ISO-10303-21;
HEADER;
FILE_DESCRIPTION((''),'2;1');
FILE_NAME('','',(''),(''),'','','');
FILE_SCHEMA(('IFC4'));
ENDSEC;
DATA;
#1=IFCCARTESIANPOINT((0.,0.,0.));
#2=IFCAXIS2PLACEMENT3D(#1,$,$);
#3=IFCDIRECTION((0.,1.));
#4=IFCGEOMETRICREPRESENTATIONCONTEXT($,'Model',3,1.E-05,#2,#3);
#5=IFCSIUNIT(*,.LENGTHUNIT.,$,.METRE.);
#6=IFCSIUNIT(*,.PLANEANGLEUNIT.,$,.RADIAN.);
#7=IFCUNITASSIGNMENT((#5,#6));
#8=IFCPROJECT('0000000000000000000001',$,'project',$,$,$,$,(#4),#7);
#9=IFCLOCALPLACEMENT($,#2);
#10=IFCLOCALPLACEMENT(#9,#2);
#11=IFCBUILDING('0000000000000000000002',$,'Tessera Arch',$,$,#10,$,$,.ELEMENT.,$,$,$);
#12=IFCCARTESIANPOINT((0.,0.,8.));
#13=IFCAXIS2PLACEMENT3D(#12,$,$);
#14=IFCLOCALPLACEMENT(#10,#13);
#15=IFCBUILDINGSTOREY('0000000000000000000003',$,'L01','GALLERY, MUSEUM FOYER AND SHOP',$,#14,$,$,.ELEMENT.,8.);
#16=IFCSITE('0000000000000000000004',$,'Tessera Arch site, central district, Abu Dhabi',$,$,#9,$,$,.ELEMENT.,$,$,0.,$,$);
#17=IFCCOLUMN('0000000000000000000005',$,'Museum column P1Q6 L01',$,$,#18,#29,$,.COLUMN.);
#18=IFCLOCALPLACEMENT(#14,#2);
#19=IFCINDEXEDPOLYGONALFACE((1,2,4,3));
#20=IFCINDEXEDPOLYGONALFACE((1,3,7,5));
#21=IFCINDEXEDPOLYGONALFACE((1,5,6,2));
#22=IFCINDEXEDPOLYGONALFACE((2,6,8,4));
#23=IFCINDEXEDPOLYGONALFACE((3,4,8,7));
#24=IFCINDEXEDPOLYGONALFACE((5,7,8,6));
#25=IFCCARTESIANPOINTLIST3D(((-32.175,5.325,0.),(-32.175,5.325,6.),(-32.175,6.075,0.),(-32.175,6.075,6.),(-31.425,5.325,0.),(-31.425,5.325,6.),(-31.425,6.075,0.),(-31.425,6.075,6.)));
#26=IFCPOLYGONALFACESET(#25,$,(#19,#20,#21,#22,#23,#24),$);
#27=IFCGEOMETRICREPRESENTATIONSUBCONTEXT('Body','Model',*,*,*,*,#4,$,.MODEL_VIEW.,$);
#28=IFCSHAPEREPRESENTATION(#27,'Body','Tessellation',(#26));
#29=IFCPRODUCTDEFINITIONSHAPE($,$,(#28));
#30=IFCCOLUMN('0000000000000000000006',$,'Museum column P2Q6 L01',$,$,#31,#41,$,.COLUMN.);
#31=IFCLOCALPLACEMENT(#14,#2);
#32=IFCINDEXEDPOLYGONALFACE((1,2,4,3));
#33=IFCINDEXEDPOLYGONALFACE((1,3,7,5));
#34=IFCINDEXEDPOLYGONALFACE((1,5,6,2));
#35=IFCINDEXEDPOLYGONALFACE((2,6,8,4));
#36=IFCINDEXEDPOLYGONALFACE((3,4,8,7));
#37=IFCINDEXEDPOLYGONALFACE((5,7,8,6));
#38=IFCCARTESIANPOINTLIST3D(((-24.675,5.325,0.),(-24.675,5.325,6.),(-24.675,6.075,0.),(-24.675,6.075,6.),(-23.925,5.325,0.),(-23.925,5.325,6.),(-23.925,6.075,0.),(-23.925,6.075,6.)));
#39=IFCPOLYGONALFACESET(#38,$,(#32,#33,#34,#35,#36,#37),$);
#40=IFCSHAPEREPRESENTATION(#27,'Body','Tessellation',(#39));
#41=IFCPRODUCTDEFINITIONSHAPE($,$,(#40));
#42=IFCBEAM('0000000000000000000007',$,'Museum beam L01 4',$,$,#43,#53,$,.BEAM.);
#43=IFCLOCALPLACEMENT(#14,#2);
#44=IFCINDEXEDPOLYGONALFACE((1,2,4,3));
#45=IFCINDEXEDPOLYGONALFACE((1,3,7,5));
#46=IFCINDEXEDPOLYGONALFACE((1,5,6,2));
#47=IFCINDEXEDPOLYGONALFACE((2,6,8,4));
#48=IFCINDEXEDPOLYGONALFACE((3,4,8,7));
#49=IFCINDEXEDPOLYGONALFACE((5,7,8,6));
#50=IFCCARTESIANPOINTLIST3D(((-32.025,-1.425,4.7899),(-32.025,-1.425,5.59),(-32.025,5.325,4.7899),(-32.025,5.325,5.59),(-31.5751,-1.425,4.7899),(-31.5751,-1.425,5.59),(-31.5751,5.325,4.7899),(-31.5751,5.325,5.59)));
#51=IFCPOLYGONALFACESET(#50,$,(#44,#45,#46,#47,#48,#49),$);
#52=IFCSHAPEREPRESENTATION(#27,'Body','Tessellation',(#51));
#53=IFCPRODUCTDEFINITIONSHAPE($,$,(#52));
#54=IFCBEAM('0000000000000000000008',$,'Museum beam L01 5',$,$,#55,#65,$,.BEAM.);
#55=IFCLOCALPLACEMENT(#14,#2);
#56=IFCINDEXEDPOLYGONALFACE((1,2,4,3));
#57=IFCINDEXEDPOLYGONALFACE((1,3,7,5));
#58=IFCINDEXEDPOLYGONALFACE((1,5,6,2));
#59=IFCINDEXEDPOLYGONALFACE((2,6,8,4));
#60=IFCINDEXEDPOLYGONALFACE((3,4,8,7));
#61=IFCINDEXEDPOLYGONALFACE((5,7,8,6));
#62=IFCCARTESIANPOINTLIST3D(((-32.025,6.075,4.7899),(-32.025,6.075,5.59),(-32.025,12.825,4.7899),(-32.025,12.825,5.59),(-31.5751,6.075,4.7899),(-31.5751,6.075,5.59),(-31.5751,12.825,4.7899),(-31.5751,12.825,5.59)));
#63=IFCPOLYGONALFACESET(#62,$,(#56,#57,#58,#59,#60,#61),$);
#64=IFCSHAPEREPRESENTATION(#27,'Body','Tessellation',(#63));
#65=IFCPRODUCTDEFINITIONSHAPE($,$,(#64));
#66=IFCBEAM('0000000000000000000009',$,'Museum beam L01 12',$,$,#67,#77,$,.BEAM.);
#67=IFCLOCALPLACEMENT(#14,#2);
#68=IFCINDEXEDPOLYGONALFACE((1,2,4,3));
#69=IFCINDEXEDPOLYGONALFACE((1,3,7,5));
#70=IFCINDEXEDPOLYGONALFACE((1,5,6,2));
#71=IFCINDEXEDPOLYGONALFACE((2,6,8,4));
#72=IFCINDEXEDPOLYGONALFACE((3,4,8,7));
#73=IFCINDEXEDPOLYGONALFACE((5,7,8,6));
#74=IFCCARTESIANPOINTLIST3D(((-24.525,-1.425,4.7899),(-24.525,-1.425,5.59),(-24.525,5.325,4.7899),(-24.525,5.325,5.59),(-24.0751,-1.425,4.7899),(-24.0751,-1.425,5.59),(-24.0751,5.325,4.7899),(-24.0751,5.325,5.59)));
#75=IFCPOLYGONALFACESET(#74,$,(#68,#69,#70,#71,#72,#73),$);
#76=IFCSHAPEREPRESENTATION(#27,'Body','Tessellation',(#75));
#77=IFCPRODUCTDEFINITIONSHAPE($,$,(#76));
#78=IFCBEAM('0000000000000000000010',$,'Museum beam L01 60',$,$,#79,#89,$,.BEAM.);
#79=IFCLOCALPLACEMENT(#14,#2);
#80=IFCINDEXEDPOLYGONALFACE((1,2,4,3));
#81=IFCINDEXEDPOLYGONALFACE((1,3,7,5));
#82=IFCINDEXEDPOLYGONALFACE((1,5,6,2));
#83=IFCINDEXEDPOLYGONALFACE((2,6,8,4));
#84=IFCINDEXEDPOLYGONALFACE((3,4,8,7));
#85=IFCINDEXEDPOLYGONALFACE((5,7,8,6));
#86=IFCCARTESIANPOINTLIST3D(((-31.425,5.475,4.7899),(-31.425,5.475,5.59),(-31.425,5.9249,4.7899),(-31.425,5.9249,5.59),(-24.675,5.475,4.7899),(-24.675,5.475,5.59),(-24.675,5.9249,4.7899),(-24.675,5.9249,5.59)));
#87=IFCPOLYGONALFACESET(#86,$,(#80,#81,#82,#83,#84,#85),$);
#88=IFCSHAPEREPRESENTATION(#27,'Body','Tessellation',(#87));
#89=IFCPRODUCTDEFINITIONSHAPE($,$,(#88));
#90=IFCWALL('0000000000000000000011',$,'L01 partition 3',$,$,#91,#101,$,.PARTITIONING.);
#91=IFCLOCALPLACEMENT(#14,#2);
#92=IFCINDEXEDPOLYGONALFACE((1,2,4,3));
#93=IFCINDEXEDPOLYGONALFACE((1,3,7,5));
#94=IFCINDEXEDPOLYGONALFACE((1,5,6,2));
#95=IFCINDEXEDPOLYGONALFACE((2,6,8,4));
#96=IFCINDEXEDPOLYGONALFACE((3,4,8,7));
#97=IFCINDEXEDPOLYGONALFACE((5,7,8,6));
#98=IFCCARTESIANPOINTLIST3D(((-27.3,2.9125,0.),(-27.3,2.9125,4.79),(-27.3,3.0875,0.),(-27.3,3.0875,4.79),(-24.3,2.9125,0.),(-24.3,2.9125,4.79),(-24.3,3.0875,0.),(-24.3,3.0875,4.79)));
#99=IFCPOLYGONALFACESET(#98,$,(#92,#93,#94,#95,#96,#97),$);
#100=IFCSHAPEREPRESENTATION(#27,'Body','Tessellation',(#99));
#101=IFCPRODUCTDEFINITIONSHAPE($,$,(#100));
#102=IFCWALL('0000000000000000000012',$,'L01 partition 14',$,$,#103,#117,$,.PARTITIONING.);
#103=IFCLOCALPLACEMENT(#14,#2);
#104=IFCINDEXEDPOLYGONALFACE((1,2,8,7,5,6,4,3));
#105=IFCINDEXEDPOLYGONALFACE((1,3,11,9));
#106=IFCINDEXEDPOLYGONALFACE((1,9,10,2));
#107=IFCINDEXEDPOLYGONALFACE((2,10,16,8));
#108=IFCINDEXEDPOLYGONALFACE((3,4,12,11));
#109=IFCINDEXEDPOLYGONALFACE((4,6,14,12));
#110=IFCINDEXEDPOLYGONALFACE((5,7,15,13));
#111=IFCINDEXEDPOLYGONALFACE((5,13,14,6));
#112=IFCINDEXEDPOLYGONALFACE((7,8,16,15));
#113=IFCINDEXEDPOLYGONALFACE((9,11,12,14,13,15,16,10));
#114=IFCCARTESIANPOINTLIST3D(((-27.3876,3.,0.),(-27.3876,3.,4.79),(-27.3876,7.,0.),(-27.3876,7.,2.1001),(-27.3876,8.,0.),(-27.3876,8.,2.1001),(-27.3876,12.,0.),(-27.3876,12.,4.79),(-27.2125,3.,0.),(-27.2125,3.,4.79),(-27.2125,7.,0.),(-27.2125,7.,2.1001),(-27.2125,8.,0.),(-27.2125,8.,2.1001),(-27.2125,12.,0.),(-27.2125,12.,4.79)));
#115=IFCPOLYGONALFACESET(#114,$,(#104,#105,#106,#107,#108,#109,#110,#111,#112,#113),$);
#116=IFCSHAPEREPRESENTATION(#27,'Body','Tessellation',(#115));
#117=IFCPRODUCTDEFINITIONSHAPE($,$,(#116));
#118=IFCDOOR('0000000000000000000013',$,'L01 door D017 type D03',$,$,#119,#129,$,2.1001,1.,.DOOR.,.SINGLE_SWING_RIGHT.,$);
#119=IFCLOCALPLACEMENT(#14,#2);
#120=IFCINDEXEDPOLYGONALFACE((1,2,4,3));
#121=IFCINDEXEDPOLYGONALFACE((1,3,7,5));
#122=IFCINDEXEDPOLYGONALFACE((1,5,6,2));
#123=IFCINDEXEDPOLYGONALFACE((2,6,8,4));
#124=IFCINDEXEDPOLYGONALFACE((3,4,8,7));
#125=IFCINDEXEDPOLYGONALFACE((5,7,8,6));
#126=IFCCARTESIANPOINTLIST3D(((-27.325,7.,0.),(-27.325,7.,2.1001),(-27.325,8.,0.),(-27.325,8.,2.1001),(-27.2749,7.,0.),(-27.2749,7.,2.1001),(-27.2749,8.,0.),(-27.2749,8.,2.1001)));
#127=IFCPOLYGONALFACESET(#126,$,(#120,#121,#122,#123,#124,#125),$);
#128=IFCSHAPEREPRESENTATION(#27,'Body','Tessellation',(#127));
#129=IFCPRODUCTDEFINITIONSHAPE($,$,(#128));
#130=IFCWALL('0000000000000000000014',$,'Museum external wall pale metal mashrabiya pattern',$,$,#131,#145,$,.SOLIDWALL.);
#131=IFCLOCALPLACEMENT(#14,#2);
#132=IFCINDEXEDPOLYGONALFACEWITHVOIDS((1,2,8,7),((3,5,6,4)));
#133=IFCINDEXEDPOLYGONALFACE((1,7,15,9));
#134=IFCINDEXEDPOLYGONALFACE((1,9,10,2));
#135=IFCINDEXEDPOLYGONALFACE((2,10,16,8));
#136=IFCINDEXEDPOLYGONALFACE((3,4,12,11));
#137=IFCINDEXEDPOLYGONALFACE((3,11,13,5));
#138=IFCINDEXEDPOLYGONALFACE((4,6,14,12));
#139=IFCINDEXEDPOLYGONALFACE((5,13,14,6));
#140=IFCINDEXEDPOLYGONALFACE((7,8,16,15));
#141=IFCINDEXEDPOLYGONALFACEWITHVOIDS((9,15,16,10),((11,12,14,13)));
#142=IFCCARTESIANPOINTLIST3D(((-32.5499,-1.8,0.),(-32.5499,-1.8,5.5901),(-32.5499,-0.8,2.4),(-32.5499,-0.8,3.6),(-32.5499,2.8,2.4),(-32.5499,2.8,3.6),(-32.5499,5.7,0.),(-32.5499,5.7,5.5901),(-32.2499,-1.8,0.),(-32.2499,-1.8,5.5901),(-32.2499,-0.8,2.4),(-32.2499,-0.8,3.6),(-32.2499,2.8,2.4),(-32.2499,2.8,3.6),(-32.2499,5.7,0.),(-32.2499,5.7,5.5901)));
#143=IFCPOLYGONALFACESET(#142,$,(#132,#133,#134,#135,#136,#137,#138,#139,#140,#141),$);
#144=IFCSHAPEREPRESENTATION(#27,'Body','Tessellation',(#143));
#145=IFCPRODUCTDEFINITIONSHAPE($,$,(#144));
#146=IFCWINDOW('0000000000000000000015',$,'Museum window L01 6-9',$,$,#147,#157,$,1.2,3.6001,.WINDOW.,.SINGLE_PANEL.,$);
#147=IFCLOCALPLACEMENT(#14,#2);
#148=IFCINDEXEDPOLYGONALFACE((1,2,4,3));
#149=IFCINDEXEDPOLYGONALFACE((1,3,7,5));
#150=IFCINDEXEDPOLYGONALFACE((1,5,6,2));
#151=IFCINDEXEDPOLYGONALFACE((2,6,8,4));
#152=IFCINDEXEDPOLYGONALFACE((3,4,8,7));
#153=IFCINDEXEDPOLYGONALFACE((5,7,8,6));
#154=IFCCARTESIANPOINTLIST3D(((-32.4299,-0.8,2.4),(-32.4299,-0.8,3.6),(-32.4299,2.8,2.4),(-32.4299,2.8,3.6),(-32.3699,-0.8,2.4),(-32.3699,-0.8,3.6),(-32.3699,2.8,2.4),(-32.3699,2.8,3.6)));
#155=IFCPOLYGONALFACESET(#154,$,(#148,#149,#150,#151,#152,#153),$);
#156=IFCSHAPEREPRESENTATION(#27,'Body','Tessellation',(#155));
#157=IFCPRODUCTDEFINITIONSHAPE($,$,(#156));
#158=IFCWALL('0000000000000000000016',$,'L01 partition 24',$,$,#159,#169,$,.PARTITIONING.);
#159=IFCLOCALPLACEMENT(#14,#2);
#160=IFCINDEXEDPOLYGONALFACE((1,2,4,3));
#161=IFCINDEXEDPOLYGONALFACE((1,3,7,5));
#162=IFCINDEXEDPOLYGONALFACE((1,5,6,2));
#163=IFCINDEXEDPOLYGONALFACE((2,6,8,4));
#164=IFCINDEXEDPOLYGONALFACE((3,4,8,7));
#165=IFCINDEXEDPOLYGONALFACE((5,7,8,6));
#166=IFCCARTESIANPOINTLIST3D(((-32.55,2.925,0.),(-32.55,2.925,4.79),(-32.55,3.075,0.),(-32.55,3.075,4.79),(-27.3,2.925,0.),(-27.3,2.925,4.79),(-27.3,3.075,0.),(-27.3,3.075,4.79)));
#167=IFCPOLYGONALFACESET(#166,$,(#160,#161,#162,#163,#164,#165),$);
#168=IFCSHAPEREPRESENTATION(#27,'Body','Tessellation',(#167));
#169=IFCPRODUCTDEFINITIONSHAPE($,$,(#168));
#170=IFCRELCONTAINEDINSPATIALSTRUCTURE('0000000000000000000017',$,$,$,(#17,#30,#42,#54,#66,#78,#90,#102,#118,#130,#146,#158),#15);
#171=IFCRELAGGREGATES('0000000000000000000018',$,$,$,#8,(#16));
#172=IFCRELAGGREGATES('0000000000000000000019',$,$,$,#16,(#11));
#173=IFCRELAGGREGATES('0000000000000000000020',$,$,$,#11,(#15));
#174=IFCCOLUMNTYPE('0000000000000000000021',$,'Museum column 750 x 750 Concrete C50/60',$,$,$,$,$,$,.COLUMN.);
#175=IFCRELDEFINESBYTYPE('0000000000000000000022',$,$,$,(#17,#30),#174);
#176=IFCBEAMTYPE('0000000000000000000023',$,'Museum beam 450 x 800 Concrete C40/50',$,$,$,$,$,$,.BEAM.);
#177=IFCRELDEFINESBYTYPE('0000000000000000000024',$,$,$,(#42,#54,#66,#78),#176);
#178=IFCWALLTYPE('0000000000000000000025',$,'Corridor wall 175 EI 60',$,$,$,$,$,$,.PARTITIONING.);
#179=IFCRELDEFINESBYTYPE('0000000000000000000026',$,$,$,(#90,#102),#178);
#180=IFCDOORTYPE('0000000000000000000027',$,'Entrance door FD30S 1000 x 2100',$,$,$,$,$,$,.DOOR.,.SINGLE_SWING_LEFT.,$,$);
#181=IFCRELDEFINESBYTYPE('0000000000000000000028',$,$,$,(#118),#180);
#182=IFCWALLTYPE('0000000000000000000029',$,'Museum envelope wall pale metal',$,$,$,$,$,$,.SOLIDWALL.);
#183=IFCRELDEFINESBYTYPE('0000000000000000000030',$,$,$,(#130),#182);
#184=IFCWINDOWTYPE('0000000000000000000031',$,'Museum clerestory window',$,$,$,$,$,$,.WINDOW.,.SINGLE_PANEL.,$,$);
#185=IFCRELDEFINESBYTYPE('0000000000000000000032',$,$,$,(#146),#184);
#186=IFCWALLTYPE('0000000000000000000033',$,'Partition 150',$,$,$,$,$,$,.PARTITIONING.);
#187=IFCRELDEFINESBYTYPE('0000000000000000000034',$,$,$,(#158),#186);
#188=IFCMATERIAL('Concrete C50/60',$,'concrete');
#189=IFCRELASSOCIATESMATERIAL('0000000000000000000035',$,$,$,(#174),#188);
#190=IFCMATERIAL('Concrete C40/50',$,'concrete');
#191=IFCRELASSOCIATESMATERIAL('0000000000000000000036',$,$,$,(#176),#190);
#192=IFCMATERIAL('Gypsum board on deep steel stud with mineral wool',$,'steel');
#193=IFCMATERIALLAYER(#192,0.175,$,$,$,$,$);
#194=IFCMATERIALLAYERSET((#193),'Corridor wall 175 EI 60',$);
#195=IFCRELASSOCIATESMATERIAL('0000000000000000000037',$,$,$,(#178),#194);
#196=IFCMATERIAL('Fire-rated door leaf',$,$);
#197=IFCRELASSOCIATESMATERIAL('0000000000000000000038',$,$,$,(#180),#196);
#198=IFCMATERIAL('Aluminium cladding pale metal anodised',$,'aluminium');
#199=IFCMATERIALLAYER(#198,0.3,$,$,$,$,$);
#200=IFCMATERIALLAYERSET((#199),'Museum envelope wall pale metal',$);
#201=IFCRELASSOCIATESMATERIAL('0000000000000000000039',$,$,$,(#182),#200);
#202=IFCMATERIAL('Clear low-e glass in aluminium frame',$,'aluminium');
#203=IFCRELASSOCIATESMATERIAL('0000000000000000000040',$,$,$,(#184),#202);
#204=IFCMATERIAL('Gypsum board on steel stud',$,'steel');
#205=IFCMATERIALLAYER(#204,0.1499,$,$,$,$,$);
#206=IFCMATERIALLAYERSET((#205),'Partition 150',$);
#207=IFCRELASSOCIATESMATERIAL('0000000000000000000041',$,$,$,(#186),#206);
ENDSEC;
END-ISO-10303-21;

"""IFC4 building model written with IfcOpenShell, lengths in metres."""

from ifc_helpers import new_model, si_unit, direction, frame, frame_2d, origin, origin_2d, place, context, subcontext, project, spatial, rectangle, extrude, material, layer, layer_set, material_profile, profile_set, type_object, element, fill, save


model = new_model("IFC4")

# Units and contexts
model_context = context("Model", 3, precision=1e-05, world=origin(), true_north=direction((0.0, 1.0)))
body_context = subcontext(model_context, "Body", "Model", "MODEL_VIEW")
ifc_project = project(units=[si_unit("LENGTHUNIT", "METRE"), si_unit("PLANEANGLEUNIT", "RADIAN")], contexts=[model_context])

# Site, building, storey
site_placement = place(None, origin())
site = spatial("IfcSite", under=ifc_project, at=site_placement, Name="Tessera Arch site, central district, Abu Dhabi", CompositionType="ELEMENT", RefElevation=0.0)
building_placement = place(site_placement, origin())
building = spatial("IfcBuilding", under=site, at=building_placement, Name="Tessera Arch", CompositionType="ELEMENT")
storey_placement = place(building_placement, frame((0.0, 0.0, 8.0)))
storey = spatial("IfcBuildingStorey", under=building, at=storey_placement, Name="L01", Description="GALLERY, MUSEUM FOYER AND SHOP", CompositionType="ELEMENT", Elevation=8.0)

# Columns
ifc_material_1 = material(Name="Concrete C50/60", Category="concrete")
ifc_material_profile_1 = material_profile(ifc_material_1, rectangle(XDim=0.75, YDim=0.75, at=origin_2d()), Name="Museum column 750 x 750 Concrete C50/60")
ifc_profile_set_1 = profile_set([ifc_material_profile_1], Name="Concrete C50/60")
column_type = type_object("IfcColumnType", Name="Museum column 750 x 750 Concrete C50/60", PredefinedType="COLUMN", material=ifc_profile_set_1)
for number, where, z_axis, x_axis, name in (
    (1, (-31.8, 5.7, 0.0), (0.0, 0.0, 1.0), (1.0, 0.0, 0.0), "Museum column P1Q6 L01"),
    (2, (-24.3, 5.7, 0.0), (0.0, 0.0, 1.0), (1.0, 0.0, 0.0), "Museum column P2Q6 L01"),
):
    element("IfcColumn", number, at=place(storey_placement, frame(where, z_axis=z_axis, x_axis=x_axis)), inside=storey, type_object=column_type, Name=name, PredefinedType="COLUMN", context=body_context, shape_type="SweptSolid", body=[
        extrude(rectangle(XDim=0.75, YDim=0.75, at=origin_2d()), origin(), (0.0, 0.0, 1.0), 6.0),
    ])

# Beams
ifc_material_2 = material(Name="Concrete C40/50", Category="concrete")
ifc_material_profile_2 = material_profile(ifc_material_2, rectangle(XDim=0.45, YDim=0.8, at=origin_2d()), Name="Museum beam 450 x 800 Concrete C40/50")
ifc_profile_set_2 = profile_set([ifc_material_profile_2], Name="Concrete C40/50")
beam_type = type_object("IfcBeamType", Name="Museum beam 450 x 800 Concrete C40/50", PredefinedType="BEAM", material=ifc_profile_set_2)
for number, where, z_axis, x_axis, name in (
    (3, (-31.8, -1.425, 5.1899), (0.0, 1.0, 0.0), (-1.0, 0.0, 0.0), "Museum beam L01 4"),
    (4, (-31.8, 6.075, 5.1899), (0.0, 1.0, 0.0), (-1.0, 0.0, 0.0), "Museum beam L01 5"),
    (5, (-24.3, -1.425, 5.1899), (0.0, 1.0, 0.0), (-1.0, 0.0, 0.0), "Museum beam L01 12"),
    (6, (-31.425, 5.7, 5.1899), (1.0, 0.0, 0.0), (0.0, 1.0, 0.0), "Museum beam L01 60"),
):
    element("IfcBeam", number, at=place(storey_placement, frame(where, z_axis=z_axis, x_axis=x_axis)), inside=storey, type_object=beam_type, Name=name, PredefinedType="BEAM", context=body_context, shape_type="SweptSolid", body=[
        extrude(rectangle(XDim=0.45, YDim=0.8, at=origin_2d()), origin(), (0.0, 0.0, 1.0), 6.75),
    ])

# Wall
ifc_material_3 = material(Name="Gypsum board on deep steel stud with mineral wool", Category="steel")
ifc_layer_1 = layer(ifc_material_3, 0.175)
ifc_layer_set_1 = layer_set([ifc_layer_1], Name="Corridor wall 175 EI 60")
wall_type_1 = type_object("IfcWallType", Name="Corridor wall 175 EI 60", PredefinedType="PARTITIONING", material=ifc_layer_set_1)
wall_1_placement = place(storey_placement, frame((-27.3, 3.0, 0.0), z_axis=(0.0, 0.0, 1.0), x_axis=(1.0, 0.0, 0.0)))
element("IfcWall", 7, at=wall_1_placement, inside=storey, type_object=wall_type_1, Name="L01 partition 3", PredefinedType="PARTITIONING", context=body_context, shape_type="SweptSolid", body=[
    extrude(rectangle(XDim=3.0, YDim=0.175, at=frame_2d((1.5, 0.0))), origin(), (0.0, 0.0, 1.0), 4.79),
])

# Wall, opening, door
wall_2_placement = place(storey_placement, frame((-27.3, 3.0, 0.0), z_axis=(0.0, 0.0, 1.0), x_axis=(0.0, 1.0, 0.0)))
wall_2 = element("IfcWall", 8, at=wall_2_placement, inside=storey, type_object=wall_type_1, Name="L01 partition 14", PredefinedType="PARTITIONING", context=body_context, shape_type="SweptSolid", body=[
    extrude(rectangle(XDim=9.0, YDim=0.175, at=frame_2d((4.5, 0.0))), origin(), (0.0, 0.0, 1.0), 4.79),
])
opening_1_placement = place(wall_2_placement, frame((4.0, 0.0, 0.0)))
opening_1 = element("IfcOpeningElement", 9, at=opening_1_placement, cuts=wall_2, PredefinedType="OPENING", context=body_context, shape_type="SweptSolid", body=[
    extrude(rectangle(XDim=1.0, YDim=2.1001, at=frame_2d((0.5, 1.05))), frame((0.0, 0.0974, 0.0), z_axis=(0.0, -1.0, 0.0), x_axis=(1.0, 0.0, 0.0)), (0.0, 0.0, 1.0), 0.1951),
])
ifc_material_4 = material(Name="Fire-rated door leaf")
door_type = type_object("IfcDoorType", Name="Entrance door FD30S 1000 x 2100", OperationType="SINGLE_SWING_LEFT", PredefinedType="DOOR", material=ifc_material_4)
door_placement = place(opening_1_placement, origin())
door = element("IfcDoor", 10, at=door_placement, inside=storey, type_object=door_type, Name="L01 door D017 type D03", OperationType="SINGLE_SWING_RIGHT", OverallHeight=2.1001, OverallWidth=1.0, PredefinedType="DOOR", context=body_context, shape_type="SweptSolid", body=[
    extrude(rectangle(XDim=1.0, YDim=2.1001, at=frame_2d((0.5, 1.05))), frame((0.0, 0.0249, 0.0), z_axis=(0.0, -1.0, 0.0), x_axis=(1.0, 0.0, 0.0)), (0.0, 0.0, 1.0), 0.05),
])
fill(opening_1, door)

# Wall, opening, window
ifc_material_5 = material(Name="Aluminium cladding pale metal anodised", Category="aluminium")
ifc_layer_2 = layer(ifc_material_5, 0.3)
ifc_layer_set_2 = layer_set([ifc_layer_2], Name="Museum envelope wall pale metal")
wall_type_2 = type_object("IfcWallType", Name="Museum envelope wall pale metal", PredefinedType="SOLIDWALL", material=ifc_layer_set_2)
wall_3_placement = place(storey_placement, frame((-32.3999, 5.7, 0.0), z_axis=(0.0, 0.0, 1.0), x_axis=(0.0, -1.0, 0.0)))
wall_3 = element("IfcWall", 11, at=wall_3_placement, inside=storey, type_object=wall_type_2, Name="Museum external wall pale metal mashrabiya pattern", PredefinedType="SOLIDWALL", context=body_context, shape_type="SweptSolid", body=[
    extrude(rectangle(XDim=7.5, YDim=0.3, at=frame_2d((3.75, 0.0))), origin(), (0.0, 0.0, 1.0), 5.5901),
])
opening_2_placement = place(wall_3_placement, frame((2.8999, 0.0, 2.3999)))
opening_2 = element("IfcOpeningElement", 12, at=opening_2_placement, cuts=wall_3, PredefinedType="OPENING", context=body_context, shape_type="SweptSolid", body=[
    extrude(rectangle(XDim=3.6001, YDim=1.2, at=frame_2d((1.8, 0.6001))), frame((0.0, 0.1599, 0.0), z_axis=(0.0, -1.0, 0.0), x_axis=(1.0, 0.0, 0.0)), (0.0, 0.0, 1.0), 0.3201),
])
ifc_material_6 = material(Name="Clear low-e glass in aluminium frame", Category="aluminium")
window_type = type_object("IfcWindowType", Name="Museum clerestory window", PartitioningType="SINGLE_PANEL", PredefinedType="WINDOW", material=ifc_material_6)
window_placement = place(opening_2_placement, origin())
window = element("IfcWindow", 13, at=window_placement, inside=storey, type_object=window_type, Name="Museum window L01 6-9", OverallHeight=1.2, OverallWidth=3.6001, PartitioningType="SINGLE_PANEL", PredefinedType="WINDOW", context=body_context, shape_type="SweptSolid", body=[
    extrude(rectangle(XDim=3.6001, YDim=1.2, at=frame_2d((1.8, 0.6001))), frame((0.0, 0.03, 0.0), z_axis=(0.0, -1.0, 0.0), x_axis=(1.0, 0.0, 0.0)), (0.0, 0.0, 1.0), 0.0601),
])
fill(opening_2, window)

# Wall
ifc_material_7 = material(Name="Gypsum board on steel stud", Category="steel")
ifc_layer_3 = layer(ifc_material_7, 0.1499)
ifc_layer_set_3 = layer_set([ifc_layer_3], Name="Partition 150")
wall_type_3 = type_object("IfcWallType", Name="Partition 150", PredefinedType="PARTITIONING", material=ifc_layer_set_3)
wall_4_placement = place(storey_placement, frame((-32.55, 3.0, 0.0), z_axis=(0.0, 0.0, 1.0), x_axis=(1.0, 0.0, 0.0)))
element("IfcWall", 14, at=wall_4_placement, inside=storey, type_object=wall_type_3, Name="L01 partition 24", PredefinedType="PARTITIONING", context=body_context, shape_type="SweptSolid", body=[
    extrude(rectangle(XDim=5.25, YDim=0.1499, at=frame_2d((2.625, 0.0))), origin(), (0.0, 0.0, 1.0), 4.79),
])

save(model, "model.ifc")
